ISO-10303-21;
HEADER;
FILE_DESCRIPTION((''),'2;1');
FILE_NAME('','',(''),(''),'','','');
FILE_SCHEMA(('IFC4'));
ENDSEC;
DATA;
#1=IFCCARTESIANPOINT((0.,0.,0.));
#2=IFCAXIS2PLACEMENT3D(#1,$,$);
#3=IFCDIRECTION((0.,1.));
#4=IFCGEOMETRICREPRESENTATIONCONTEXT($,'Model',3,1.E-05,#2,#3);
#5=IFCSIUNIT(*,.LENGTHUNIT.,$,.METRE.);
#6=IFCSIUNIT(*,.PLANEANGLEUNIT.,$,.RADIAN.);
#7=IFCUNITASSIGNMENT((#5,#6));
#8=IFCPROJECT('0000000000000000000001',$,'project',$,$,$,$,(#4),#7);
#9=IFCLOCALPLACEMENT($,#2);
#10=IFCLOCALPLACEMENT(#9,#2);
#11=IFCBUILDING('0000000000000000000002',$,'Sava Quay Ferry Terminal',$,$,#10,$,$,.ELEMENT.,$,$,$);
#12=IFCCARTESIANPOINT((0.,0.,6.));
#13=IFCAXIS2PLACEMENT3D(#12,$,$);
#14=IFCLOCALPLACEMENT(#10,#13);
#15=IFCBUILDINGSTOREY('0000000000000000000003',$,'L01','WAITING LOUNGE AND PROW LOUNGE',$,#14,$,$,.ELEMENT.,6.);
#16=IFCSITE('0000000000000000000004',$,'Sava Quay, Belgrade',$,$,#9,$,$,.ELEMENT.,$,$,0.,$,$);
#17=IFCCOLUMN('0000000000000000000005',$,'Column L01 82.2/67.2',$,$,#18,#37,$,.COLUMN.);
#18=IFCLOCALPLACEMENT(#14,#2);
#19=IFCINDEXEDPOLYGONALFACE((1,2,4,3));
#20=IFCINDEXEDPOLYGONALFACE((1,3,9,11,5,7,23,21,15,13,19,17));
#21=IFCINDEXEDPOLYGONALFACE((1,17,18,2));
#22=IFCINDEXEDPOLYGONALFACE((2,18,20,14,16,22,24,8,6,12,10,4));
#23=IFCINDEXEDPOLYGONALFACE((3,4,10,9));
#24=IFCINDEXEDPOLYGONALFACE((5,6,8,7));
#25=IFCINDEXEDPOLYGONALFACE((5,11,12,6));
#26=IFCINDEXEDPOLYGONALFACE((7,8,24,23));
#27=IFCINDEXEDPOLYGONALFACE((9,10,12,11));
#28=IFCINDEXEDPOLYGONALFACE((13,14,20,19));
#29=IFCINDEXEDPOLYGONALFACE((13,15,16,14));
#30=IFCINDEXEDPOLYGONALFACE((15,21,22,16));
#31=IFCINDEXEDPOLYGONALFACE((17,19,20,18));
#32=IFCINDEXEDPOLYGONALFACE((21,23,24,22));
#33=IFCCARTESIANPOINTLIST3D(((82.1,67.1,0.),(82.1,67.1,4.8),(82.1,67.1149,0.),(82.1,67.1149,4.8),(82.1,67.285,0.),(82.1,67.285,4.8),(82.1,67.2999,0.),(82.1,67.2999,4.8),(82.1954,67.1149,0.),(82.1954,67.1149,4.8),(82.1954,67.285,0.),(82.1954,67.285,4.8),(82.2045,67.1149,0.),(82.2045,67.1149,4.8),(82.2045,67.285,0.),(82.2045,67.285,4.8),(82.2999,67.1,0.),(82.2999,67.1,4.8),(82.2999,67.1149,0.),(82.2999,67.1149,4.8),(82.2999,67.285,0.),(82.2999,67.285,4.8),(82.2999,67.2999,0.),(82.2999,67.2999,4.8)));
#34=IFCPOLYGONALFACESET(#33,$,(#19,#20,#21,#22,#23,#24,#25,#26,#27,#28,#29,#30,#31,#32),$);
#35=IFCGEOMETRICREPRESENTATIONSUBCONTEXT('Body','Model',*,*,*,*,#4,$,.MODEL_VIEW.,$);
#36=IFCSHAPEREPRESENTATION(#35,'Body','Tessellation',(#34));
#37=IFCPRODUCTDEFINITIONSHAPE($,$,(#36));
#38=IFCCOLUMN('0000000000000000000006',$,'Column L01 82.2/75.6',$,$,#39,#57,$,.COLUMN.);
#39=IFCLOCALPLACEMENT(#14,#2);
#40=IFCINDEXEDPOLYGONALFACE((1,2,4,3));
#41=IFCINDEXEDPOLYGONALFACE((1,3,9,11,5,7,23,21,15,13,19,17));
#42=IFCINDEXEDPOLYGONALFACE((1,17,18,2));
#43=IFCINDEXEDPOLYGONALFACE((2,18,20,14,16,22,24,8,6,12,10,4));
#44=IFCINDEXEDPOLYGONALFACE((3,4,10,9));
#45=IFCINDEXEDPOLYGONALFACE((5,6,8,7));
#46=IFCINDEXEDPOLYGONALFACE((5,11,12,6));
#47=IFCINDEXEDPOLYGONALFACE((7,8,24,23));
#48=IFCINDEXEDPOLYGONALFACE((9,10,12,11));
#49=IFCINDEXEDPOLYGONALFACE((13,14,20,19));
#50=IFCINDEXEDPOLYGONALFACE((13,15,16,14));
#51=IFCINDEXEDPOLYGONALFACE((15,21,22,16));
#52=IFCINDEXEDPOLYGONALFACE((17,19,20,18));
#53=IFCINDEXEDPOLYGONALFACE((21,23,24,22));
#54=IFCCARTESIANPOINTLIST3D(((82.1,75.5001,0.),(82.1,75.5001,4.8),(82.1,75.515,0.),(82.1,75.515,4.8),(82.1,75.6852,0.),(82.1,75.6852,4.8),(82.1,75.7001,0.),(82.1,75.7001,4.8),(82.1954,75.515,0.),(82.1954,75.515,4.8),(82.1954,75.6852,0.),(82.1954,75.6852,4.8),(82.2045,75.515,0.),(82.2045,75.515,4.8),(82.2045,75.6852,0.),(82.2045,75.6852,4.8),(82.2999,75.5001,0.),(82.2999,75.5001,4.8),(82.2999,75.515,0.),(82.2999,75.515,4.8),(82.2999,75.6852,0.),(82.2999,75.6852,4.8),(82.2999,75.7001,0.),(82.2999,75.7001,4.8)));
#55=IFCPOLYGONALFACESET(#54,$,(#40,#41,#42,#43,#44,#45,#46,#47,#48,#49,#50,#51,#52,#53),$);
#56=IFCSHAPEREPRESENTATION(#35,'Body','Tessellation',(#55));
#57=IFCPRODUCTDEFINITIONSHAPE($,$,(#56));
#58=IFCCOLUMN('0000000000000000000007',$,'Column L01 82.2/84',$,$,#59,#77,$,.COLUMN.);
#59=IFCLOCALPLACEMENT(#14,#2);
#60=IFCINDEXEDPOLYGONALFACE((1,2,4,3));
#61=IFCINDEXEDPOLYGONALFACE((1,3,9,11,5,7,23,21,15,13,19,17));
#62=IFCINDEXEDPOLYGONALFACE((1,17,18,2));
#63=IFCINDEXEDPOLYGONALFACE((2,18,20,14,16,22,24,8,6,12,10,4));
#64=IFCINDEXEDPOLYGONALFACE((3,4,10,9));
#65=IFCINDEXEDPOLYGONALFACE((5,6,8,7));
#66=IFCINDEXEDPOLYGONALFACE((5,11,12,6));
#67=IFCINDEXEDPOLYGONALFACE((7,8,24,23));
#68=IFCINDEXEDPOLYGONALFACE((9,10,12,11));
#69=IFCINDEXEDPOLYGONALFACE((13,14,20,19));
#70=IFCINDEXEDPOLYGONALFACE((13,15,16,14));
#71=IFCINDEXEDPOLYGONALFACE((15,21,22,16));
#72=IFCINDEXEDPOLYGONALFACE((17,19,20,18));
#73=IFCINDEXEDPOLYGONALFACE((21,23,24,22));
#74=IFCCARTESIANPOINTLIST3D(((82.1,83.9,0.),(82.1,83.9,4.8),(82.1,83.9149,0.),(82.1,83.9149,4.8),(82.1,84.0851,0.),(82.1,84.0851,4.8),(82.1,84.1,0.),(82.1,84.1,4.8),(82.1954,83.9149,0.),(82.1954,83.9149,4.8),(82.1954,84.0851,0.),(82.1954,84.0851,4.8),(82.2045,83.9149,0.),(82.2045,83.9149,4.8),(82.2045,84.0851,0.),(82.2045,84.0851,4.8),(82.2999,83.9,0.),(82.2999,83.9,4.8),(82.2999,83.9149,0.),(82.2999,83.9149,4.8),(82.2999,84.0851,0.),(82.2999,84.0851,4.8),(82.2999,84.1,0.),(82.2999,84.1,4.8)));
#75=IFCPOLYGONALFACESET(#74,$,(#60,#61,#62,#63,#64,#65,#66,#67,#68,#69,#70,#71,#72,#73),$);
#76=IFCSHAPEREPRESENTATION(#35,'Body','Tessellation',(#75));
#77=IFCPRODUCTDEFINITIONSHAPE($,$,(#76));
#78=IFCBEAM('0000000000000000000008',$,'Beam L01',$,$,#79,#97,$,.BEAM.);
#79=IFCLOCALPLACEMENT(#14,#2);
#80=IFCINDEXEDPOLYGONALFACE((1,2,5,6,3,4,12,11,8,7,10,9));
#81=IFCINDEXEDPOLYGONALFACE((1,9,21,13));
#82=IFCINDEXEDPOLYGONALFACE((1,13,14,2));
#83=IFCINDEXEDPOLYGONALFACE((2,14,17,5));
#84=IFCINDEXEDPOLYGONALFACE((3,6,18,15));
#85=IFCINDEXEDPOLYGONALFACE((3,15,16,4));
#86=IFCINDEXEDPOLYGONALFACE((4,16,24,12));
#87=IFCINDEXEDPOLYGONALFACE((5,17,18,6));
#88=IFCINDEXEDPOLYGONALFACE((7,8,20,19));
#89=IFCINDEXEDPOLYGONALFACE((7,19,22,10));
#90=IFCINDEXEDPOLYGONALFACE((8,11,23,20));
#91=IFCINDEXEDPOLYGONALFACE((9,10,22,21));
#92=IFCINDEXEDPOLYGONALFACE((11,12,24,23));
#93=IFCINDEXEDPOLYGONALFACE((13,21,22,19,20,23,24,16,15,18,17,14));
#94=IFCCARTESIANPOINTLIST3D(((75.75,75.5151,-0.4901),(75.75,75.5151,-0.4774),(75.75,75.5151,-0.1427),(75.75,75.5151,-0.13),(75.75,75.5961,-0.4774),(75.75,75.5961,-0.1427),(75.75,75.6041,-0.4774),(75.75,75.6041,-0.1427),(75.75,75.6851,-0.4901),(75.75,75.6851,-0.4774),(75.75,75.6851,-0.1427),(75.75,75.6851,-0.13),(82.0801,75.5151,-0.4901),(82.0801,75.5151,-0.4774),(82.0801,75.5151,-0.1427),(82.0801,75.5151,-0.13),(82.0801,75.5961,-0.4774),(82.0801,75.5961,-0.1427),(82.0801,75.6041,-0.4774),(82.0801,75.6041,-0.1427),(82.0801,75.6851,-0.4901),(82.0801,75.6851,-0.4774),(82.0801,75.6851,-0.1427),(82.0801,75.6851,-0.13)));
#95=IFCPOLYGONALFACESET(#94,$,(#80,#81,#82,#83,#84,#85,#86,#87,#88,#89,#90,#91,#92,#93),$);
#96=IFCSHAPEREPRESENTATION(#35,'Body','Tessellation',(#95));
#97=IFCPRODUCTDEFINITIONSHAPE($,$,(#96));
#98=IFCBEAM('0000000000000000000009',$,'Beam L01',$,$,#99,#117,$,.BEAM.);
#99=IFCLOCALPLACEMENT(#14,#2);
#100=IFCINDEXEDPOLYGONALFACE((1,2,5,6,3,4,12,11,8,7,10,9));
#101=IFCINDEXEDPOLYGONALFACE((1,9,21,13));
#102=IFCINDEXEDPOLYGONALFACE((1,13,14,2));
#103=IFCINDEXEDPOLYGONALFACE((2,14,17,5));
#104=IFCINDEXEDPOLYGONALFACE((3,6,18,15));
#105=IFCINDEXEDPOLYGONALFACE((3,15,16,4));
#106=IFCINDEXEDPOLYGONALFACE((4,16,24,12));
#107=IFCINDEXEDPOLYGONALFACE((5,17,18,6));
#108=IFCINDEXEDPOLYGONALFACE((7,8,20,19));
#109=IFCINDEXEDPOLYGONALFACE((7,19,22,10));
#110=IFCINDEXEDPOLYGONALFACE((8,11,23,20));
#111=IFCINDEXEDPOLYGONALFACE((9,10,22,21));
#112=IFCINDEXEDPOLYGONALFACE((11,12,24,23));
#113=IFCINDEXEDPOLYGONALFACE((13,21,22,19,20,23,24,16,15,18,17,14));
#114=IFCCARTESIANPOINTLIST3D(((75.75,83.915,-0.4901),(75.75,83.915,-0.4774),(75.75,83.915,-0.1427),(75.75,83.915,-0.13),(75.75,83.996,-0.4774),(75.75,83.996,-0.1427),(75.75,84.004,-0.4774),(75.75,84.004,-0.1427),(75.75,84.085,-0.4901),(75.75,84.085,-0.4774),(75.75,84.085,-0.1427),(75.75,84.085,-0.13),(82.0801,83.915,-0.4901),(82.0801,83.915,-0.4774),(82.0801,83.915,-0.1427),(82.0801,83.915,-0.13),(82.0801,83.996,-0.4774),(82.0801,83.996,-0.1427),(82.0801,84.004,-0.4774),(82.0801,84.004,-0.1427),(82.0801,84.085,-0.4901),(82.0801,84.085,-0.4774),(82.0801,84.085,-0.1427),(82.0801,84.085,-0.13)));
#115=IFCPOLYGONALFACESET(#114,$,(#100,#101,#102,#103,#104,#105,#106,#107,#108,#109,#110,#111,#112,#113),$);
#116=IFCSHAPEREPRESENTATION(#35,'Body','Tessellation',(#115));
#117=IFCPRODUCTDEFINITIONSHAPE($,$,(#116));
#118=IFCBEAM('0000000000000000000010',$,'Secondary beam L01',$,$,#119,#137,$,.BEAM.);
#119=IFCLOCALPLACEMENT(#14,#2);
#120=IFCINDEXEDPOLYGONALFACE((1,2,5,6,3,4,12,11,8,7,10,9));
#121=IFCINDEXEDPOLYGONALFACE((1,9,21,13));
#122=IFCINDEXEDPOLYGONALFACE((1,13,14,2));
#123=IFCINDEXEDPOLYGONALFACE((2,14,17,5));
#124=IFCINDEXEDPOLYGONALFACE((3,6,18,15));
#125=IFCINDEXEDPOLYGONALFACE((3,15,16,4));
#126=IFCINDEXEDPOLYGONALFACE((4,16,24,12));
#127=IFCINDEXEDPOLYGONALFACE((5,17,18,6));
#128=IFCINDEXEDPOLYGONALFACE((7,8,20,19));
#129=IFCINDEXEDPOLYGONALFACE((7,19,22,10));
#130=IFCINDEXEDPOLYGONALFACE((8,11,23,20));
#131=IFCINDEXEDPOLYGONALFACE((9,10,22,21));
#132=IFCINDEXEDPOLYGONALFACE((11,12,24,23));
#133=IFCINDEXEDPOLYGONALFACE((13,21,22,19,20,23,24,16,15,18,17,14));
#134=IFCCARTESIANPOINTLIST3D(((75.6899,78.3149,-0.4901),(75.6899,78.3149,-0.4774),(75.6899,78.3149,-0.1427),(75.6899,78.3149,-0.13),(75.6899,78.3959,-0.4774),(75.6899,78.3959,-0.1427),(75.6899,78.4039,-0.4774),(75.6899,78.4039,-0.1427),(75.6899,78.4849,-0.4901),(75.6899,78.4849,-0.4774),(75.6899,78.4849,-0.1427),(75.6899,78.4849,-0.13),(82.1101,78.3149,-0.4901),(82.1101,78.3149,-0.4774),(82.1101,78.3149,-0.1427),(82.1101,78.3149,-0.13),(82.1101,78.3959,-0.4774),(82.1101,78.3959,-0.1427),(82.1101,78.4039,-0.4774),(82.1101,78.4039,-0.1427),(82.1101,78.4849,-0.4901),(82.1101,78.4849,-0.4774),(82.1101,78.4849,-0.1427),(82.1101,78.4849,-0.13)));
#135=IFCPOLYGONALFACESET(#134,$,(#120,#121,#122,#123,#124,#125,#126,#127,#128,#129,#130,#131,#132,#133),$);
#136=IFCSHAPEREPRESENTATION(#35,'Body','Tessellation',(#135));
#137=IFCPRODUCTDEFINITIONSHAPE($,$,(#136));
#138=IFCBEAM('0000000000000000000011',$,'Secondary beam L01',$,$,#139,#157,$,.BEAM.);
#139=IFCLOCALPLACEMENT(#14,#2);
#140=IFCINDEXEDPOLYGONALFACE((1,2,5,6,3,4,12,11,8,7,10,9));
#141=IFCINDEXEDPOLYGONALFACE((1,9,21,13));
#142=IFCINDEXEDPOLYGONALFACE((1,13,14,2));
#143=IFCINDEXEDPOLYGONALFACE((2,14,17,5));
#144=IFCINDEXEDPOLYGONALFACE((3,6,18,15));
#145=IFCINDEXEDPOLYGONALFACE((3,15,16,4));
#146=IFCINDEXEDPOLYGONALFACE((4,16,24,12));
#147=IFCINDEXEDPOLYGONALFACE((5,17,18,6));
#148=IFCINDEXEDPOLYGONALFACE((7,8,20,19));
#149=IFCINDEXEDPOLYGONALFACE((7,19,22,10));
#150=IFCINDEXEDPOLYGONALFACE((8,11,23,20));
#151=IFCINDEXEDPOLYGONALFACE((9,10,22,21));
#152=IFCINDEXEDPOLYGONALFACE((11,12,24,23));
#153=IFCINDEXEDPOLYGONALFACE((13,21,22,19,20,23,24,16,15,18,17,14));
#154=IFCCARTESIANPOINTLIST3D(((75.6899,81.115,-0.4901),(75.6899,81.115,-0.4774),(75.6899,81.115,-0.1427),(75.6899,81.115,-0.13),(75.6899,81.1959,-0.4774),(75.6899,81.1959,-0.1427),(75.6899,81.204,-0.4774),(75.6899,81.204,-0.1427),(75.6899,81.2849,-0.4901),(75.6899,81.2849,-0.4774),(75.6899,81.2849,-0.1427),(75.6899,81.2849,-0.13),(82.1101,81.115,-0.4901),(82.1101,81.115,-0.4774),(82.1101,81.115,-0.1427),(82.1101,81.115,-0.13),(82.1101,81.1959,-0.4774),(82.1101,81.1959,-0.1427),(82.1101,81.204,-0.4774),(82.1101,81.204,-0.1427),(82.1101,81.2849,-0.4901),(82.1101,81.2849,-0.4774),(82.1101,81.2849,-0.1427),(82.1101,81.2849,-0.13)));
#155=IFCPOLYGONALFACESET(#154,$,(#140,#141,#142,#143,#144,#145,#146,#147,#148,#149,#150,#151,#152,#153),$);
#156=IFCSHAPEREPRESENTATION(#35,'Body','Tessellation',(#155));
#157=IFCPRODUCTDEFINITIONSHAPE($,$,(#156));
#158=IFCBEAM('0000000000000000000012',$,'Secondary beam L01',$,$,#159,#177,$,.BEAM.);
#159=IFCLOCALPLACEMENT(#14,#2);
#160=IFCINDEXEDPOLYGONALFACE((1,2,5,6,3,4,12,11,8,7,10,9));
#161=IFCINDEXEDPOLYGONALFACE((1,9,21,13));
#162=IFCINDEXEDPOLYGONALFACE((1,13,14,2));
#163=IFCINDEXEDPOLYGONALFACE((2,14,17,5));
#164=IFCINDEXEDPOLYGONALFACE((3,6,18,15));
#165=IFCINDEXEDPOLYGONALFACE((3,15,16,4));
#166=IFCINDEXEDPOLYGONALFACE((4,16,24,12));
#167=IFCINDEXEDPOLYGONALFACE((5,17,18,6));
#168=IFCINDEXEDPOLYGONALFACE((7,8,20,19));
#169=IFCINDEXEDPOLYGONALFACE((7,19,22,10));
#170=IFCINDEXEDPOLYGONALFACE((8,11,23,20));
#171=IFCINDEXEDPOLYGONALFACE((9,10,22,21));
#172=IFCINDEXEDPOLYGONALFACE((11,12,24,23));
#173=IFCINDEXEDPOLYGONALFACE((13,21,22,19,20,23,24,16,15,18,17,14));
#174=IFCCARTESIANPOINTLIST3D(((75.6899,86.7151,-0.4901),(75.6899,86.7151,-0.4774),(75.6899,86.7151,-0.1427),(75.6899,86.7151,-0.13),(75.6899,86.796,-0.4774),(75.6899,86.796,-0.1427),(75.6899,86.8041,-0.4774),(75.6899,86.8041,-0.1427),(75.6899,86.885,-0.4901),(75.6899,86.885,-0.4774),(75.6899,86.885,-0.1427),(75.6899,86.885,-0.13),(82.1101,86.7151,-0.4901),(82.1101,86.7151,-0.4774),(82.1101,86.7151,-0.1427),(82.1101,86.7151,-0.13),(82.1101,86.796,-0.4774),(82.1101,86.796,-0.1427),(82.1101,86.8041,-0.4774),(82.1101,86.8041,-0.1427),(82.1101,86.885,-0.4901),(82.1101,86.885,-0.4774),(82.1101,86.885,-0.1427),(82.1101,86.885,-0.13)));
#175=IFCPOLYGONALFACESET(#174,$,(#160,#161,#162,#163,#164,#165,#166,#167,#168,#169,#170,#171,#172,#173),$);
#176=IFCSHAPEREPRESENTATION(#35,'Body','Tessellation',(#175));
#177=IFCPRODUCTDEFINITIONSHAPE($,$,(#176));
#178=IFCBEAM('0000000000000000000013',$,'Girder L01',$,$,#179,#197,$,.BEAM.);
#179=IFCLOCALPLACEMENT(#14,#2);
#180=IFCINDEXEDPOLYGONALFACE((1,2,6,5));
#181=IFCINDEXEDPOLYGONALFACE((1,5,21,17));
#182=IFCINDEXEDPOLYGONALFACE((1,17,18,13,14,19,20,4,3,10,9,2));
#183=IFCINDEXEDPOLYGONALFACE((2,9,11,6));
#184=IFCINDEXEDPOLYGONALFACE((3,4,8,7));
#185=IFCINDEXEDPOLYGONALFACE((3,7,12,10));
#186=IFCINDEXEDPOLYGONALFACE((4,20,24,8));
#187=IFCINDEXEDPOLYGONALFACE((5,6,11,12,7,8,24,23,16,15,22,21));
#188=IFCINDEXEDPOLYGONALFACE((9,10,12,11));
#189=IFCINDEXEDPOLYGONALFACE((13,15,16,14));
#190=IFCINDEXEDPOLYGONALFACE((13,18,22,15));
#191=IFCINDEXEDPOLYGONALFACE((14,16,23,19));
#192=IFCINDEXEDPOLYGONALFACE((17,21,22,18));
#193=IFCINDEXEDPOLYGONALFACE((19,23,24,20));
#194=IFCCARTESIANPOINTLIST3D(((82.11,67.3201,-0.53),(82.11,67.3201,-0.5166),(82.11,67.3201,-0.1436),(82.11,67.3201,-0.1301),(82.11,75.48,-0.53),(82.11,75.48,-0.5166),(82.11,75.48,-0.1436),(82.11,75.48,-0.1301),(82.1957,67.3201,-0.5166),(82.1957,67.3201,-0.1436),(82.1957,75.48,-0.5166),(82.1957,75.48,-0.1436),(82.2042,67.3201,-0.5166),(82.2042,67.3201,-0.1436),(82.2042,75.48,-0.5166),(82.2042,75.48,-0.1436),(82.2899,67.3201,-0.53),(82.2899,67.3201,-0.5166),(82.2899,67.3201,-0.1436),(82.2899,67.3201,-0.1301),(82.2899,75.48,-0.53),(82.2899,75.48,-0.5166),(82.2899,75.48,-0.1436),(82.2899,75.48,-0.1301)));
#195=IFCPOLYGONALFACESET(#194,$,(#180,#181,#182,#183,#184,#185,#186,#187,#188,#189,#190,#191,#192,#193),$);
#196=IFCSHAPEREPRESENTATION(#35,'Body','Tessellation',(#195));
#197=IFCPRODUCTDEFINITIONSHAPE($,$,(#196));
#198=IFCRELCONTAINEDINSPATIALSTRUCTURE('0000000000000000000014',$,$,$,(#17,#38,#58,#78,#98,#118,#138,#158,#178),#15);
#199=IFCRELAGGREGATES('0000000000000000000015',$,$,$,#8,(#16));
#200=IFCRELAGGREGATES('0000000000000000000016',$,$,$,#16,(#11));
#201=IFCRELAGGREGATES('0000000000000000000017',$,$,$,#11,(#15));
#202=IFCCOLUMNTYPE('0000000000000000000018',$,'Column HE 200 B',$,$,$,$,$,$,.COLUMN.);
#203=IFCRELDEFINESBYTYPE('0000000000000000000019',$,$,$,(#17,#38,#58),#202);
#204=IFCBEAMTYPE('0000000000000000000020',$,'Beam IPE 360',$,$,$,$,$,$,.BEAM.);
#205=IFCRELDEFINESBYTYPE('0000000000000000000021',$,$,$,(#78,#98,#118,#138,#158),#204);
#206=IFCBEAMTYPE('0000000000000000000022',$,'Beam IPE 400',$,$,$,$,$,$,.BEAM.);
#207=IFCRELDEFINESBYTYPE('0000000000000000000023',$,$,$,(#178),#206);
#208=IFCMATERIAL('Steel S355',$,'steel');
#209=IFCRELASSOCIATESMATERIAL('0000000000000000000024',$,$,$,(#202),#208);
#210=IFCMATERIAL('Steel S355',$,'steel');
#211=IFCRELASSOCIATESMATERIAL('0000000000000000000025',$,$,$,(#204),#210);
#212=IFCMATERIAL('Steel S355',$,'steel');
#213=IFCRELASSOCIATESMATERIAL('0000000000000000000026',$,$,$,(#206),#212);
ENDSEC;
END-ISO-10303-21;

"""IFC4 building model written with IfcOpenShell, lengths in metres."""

from ifc_helpers import new_model, si_unit, direction, frame, origin, origin_2d, place, context, subcontext, project, spatial, i_section, extrude, material, material_profile, profile_set, type_object, element, save


model = new_model("IFC4")

# Units and contexts
model_context = context("Model", 3, precision=1e-05, world=origin(), true_north=direction((0.0, 1.0)))
body_context = subcontext(model_context, "Body", "Model", "MODEL_VIEW")
ifc_project = project(units=[si_unit("LENGTHUNIT", "METRE"), si_unit("PLANEANGLEUNIT", "RADIAN")], contexts=[model_context])

# Site, building, storey
site_placement = place(None, origin())
site = spatial("IfcSite", under=ifc_project, at=site_placement, Name="Sava Quay, Belgrade", CompositionType="ELEMENT", RefElevation=0.0)
building_placement = place(site_placement, origin())
building = spatial("IfcBuilding", under=site, at=building_placement, Name="Sava Quay Ferry Terminal", CompositionType="ELEMENT")
storey_placement = place(building_placement, frame((0.0, 0.0, 6.0)))
storey = spatial("IfcBuildingStorey", under=building, at=storey_placement, Name="L01", Description="WAITING LOUNGE AND PROW LOUNGE", CompositionType="ELEMENT", Elevation=6.0)

# Columns
ifc_material_1 = material(Name="Steel S355", Category="steel")
ifc_material_profile_1 = material_profile(ifc_material_1, i_section(OverallWidth=0.2, OverallDepth=0.2, WebThickness=0.009, FlangeThickness=0.0149, at=origin_2d()), Name="HE 200 B")
ifc_profile_set_1 = profile_set([ifc_material_profile_1], Name="Steel S355")
column_type = type_object("IfcColumnType", Name="Column HE 200 B", PredefinedType="COLUMN", material=ifc_profile_set_1)
for number, where, z_axis, x_axis, name in (
    (1, (82.2, 67.2, 0.0), (0.0, 0.0, 1.0), (1.0, 0.0, 0.0), "Column L01 82.2/67.2"),
    (2, (82.2, 75.6001, 0.0), (0.0, 0.0, 1.0), (1.0, 0.0, 0.0), "Column L01 82.2/75.6"),
    (3, (82.2, 84.0, 0.0), (0.0, 0.0, 1.0), (1.0, 0.0, 0.0), "Column L01 82.2/84"),
):
    element("IfcColumn", number, at=place(storey_placement, frame(where, z_axis=z_axis, x_axis=x_axis)), inside=storey, type_object=column_type, Name=name, PredefinedType="COLUMN", context=body_context, shape_type="SweptSolid", body=[
        extrude(i_section(OverallWidth=0.2, OverallDepth=0.2, WebThickness=0.009, FlangeThickness=0.0149, at=origin_2d()), origin(), (0.0, 0.0, 1.0), 4.8),
    ])

# Beams
ifc_material_2 = material(Name="Steel S355", Category="steel")
ifc_material_profile_2 = material_profile(ifc_material_2, i_section(OverallWidth=0.1699, OverallDepth=0.3601, WebThickness=0.0081, FlangeThickness=0.0127, at=origin_2d()), Name="IPE 360")
ifc_profile_set_2 = profile_set([ifc_material_profile_2], Name="Steel S355")
beam_type_1 = type_object("IfcBeamType", Name="Beam IPE 360", PredefinedType="BEAM", material=ifc_profile_set_2)
for number, where, z_axis, x_axis, name in (
    (4, (75.75, 75.6001, -0.3101), (1.0, 0.0, 0.0), (0.0, 1.0, 0.0), "Beam L01"),
    (5, (75.75, 84.0, -0.3101), (1.0, 0.0, 0.0), (0.0, 1.0, 0.0), "Beam L01"),
):
    element("IfcBeam", number, at=place(storey_placement, frame(where, z_axis=z_axis, x_axis=x_axis)), inside=storey, type_object=beam_type_1, Name=name, PredefinedType="BEAM", context=body_context, shape_type="SweptSolid", body=[
        extrude(i_section(OverallWidth=0.1699, OverallDepth=0.3601, WebThickness=0.0081, FlangeThickness=0.0127, at=origin_2d()), origin(), (0.0, 0.0, 1.0), 6.3301),
    ])
for number, where, z_axis, x_axis, name in (
    (6, (75.6899, 78.3999, -0.3101), (1.0, 0.0, 0.0), (0.0, 1.0, 0.0), "Secondary beam L01"),
    (7, (75.6899, 81.2, -0.3101), (1.0, 0.0, 0.0), (0.0, 1.0, 0.0), "Secondary beam L01"),
    (8, (75.6899, 86.8, -0.3101), (1.0, 0.0, 0.0), (0.0, 1.0, 0.0), "Secondary beam L01"),
):
    element("IfcBeam", number, at=place(storey_placement, frame(where, z_axis=z_axis, x_axis=x_axis)), inside=storey, type_object=beam_type_1, Name=name, PredefinedType="BEAM", context=body_context, shape_type="SweptSolid", body=[
        extrude(i_section(OverallWidth=0.1699, OverallDepth=0.3601, WebThickness=0.0081, FlangeThickness=0.0127, at=origin_2d()), origin(), (0.0, 0.0, 1.0), 6.4202),
    ])
ifc_material_3 = material(Name="Steel S355", Category="steel")
ifc_material_profile_3 = material_profile(ifc_material_3, i_section(OverallWidth=0.1799, OverallDepth=0.3999, WebThickness=0.0085, FlangeThickness=0.0134, at=origin_2d()), Name="IPE 400")
ifc_profile_set_3 = profile_set([ifc_material_profile_3], Name="Steel S355")
beam_type_2 = type_object("IfcBeamType", Name="Beam IPE 400", PredefinedType="BEAM", material=ifc_profile_set_3)
for number, where, z_axis, x_axis, name in (
    (9, (82.2, 67.3201, -0.3301), (0.0, 1.0, 0.0), (-1.0, 0.0, 0.0), "Girder L01"),
):
    element("IfcBeam", number, at=place(storey_placement, frame(where, z_axis=z_axis, x_axis=x_axis)), inside=storey, type_object=beam_type_2, Name=name, PredefinedType="BEAM", context=body_context, shape_type="SweptSolid", body=[
        extrude(i_section(OverallWidth=0.1799, OverallDepth=0.3999, WebThickness=0.0085, FlangeThickness=0.0134, at=origin_2d()), origin(), (0.0, 0.0, 1.0), 8.1599),
    ])

save(model, "model.ifc")
